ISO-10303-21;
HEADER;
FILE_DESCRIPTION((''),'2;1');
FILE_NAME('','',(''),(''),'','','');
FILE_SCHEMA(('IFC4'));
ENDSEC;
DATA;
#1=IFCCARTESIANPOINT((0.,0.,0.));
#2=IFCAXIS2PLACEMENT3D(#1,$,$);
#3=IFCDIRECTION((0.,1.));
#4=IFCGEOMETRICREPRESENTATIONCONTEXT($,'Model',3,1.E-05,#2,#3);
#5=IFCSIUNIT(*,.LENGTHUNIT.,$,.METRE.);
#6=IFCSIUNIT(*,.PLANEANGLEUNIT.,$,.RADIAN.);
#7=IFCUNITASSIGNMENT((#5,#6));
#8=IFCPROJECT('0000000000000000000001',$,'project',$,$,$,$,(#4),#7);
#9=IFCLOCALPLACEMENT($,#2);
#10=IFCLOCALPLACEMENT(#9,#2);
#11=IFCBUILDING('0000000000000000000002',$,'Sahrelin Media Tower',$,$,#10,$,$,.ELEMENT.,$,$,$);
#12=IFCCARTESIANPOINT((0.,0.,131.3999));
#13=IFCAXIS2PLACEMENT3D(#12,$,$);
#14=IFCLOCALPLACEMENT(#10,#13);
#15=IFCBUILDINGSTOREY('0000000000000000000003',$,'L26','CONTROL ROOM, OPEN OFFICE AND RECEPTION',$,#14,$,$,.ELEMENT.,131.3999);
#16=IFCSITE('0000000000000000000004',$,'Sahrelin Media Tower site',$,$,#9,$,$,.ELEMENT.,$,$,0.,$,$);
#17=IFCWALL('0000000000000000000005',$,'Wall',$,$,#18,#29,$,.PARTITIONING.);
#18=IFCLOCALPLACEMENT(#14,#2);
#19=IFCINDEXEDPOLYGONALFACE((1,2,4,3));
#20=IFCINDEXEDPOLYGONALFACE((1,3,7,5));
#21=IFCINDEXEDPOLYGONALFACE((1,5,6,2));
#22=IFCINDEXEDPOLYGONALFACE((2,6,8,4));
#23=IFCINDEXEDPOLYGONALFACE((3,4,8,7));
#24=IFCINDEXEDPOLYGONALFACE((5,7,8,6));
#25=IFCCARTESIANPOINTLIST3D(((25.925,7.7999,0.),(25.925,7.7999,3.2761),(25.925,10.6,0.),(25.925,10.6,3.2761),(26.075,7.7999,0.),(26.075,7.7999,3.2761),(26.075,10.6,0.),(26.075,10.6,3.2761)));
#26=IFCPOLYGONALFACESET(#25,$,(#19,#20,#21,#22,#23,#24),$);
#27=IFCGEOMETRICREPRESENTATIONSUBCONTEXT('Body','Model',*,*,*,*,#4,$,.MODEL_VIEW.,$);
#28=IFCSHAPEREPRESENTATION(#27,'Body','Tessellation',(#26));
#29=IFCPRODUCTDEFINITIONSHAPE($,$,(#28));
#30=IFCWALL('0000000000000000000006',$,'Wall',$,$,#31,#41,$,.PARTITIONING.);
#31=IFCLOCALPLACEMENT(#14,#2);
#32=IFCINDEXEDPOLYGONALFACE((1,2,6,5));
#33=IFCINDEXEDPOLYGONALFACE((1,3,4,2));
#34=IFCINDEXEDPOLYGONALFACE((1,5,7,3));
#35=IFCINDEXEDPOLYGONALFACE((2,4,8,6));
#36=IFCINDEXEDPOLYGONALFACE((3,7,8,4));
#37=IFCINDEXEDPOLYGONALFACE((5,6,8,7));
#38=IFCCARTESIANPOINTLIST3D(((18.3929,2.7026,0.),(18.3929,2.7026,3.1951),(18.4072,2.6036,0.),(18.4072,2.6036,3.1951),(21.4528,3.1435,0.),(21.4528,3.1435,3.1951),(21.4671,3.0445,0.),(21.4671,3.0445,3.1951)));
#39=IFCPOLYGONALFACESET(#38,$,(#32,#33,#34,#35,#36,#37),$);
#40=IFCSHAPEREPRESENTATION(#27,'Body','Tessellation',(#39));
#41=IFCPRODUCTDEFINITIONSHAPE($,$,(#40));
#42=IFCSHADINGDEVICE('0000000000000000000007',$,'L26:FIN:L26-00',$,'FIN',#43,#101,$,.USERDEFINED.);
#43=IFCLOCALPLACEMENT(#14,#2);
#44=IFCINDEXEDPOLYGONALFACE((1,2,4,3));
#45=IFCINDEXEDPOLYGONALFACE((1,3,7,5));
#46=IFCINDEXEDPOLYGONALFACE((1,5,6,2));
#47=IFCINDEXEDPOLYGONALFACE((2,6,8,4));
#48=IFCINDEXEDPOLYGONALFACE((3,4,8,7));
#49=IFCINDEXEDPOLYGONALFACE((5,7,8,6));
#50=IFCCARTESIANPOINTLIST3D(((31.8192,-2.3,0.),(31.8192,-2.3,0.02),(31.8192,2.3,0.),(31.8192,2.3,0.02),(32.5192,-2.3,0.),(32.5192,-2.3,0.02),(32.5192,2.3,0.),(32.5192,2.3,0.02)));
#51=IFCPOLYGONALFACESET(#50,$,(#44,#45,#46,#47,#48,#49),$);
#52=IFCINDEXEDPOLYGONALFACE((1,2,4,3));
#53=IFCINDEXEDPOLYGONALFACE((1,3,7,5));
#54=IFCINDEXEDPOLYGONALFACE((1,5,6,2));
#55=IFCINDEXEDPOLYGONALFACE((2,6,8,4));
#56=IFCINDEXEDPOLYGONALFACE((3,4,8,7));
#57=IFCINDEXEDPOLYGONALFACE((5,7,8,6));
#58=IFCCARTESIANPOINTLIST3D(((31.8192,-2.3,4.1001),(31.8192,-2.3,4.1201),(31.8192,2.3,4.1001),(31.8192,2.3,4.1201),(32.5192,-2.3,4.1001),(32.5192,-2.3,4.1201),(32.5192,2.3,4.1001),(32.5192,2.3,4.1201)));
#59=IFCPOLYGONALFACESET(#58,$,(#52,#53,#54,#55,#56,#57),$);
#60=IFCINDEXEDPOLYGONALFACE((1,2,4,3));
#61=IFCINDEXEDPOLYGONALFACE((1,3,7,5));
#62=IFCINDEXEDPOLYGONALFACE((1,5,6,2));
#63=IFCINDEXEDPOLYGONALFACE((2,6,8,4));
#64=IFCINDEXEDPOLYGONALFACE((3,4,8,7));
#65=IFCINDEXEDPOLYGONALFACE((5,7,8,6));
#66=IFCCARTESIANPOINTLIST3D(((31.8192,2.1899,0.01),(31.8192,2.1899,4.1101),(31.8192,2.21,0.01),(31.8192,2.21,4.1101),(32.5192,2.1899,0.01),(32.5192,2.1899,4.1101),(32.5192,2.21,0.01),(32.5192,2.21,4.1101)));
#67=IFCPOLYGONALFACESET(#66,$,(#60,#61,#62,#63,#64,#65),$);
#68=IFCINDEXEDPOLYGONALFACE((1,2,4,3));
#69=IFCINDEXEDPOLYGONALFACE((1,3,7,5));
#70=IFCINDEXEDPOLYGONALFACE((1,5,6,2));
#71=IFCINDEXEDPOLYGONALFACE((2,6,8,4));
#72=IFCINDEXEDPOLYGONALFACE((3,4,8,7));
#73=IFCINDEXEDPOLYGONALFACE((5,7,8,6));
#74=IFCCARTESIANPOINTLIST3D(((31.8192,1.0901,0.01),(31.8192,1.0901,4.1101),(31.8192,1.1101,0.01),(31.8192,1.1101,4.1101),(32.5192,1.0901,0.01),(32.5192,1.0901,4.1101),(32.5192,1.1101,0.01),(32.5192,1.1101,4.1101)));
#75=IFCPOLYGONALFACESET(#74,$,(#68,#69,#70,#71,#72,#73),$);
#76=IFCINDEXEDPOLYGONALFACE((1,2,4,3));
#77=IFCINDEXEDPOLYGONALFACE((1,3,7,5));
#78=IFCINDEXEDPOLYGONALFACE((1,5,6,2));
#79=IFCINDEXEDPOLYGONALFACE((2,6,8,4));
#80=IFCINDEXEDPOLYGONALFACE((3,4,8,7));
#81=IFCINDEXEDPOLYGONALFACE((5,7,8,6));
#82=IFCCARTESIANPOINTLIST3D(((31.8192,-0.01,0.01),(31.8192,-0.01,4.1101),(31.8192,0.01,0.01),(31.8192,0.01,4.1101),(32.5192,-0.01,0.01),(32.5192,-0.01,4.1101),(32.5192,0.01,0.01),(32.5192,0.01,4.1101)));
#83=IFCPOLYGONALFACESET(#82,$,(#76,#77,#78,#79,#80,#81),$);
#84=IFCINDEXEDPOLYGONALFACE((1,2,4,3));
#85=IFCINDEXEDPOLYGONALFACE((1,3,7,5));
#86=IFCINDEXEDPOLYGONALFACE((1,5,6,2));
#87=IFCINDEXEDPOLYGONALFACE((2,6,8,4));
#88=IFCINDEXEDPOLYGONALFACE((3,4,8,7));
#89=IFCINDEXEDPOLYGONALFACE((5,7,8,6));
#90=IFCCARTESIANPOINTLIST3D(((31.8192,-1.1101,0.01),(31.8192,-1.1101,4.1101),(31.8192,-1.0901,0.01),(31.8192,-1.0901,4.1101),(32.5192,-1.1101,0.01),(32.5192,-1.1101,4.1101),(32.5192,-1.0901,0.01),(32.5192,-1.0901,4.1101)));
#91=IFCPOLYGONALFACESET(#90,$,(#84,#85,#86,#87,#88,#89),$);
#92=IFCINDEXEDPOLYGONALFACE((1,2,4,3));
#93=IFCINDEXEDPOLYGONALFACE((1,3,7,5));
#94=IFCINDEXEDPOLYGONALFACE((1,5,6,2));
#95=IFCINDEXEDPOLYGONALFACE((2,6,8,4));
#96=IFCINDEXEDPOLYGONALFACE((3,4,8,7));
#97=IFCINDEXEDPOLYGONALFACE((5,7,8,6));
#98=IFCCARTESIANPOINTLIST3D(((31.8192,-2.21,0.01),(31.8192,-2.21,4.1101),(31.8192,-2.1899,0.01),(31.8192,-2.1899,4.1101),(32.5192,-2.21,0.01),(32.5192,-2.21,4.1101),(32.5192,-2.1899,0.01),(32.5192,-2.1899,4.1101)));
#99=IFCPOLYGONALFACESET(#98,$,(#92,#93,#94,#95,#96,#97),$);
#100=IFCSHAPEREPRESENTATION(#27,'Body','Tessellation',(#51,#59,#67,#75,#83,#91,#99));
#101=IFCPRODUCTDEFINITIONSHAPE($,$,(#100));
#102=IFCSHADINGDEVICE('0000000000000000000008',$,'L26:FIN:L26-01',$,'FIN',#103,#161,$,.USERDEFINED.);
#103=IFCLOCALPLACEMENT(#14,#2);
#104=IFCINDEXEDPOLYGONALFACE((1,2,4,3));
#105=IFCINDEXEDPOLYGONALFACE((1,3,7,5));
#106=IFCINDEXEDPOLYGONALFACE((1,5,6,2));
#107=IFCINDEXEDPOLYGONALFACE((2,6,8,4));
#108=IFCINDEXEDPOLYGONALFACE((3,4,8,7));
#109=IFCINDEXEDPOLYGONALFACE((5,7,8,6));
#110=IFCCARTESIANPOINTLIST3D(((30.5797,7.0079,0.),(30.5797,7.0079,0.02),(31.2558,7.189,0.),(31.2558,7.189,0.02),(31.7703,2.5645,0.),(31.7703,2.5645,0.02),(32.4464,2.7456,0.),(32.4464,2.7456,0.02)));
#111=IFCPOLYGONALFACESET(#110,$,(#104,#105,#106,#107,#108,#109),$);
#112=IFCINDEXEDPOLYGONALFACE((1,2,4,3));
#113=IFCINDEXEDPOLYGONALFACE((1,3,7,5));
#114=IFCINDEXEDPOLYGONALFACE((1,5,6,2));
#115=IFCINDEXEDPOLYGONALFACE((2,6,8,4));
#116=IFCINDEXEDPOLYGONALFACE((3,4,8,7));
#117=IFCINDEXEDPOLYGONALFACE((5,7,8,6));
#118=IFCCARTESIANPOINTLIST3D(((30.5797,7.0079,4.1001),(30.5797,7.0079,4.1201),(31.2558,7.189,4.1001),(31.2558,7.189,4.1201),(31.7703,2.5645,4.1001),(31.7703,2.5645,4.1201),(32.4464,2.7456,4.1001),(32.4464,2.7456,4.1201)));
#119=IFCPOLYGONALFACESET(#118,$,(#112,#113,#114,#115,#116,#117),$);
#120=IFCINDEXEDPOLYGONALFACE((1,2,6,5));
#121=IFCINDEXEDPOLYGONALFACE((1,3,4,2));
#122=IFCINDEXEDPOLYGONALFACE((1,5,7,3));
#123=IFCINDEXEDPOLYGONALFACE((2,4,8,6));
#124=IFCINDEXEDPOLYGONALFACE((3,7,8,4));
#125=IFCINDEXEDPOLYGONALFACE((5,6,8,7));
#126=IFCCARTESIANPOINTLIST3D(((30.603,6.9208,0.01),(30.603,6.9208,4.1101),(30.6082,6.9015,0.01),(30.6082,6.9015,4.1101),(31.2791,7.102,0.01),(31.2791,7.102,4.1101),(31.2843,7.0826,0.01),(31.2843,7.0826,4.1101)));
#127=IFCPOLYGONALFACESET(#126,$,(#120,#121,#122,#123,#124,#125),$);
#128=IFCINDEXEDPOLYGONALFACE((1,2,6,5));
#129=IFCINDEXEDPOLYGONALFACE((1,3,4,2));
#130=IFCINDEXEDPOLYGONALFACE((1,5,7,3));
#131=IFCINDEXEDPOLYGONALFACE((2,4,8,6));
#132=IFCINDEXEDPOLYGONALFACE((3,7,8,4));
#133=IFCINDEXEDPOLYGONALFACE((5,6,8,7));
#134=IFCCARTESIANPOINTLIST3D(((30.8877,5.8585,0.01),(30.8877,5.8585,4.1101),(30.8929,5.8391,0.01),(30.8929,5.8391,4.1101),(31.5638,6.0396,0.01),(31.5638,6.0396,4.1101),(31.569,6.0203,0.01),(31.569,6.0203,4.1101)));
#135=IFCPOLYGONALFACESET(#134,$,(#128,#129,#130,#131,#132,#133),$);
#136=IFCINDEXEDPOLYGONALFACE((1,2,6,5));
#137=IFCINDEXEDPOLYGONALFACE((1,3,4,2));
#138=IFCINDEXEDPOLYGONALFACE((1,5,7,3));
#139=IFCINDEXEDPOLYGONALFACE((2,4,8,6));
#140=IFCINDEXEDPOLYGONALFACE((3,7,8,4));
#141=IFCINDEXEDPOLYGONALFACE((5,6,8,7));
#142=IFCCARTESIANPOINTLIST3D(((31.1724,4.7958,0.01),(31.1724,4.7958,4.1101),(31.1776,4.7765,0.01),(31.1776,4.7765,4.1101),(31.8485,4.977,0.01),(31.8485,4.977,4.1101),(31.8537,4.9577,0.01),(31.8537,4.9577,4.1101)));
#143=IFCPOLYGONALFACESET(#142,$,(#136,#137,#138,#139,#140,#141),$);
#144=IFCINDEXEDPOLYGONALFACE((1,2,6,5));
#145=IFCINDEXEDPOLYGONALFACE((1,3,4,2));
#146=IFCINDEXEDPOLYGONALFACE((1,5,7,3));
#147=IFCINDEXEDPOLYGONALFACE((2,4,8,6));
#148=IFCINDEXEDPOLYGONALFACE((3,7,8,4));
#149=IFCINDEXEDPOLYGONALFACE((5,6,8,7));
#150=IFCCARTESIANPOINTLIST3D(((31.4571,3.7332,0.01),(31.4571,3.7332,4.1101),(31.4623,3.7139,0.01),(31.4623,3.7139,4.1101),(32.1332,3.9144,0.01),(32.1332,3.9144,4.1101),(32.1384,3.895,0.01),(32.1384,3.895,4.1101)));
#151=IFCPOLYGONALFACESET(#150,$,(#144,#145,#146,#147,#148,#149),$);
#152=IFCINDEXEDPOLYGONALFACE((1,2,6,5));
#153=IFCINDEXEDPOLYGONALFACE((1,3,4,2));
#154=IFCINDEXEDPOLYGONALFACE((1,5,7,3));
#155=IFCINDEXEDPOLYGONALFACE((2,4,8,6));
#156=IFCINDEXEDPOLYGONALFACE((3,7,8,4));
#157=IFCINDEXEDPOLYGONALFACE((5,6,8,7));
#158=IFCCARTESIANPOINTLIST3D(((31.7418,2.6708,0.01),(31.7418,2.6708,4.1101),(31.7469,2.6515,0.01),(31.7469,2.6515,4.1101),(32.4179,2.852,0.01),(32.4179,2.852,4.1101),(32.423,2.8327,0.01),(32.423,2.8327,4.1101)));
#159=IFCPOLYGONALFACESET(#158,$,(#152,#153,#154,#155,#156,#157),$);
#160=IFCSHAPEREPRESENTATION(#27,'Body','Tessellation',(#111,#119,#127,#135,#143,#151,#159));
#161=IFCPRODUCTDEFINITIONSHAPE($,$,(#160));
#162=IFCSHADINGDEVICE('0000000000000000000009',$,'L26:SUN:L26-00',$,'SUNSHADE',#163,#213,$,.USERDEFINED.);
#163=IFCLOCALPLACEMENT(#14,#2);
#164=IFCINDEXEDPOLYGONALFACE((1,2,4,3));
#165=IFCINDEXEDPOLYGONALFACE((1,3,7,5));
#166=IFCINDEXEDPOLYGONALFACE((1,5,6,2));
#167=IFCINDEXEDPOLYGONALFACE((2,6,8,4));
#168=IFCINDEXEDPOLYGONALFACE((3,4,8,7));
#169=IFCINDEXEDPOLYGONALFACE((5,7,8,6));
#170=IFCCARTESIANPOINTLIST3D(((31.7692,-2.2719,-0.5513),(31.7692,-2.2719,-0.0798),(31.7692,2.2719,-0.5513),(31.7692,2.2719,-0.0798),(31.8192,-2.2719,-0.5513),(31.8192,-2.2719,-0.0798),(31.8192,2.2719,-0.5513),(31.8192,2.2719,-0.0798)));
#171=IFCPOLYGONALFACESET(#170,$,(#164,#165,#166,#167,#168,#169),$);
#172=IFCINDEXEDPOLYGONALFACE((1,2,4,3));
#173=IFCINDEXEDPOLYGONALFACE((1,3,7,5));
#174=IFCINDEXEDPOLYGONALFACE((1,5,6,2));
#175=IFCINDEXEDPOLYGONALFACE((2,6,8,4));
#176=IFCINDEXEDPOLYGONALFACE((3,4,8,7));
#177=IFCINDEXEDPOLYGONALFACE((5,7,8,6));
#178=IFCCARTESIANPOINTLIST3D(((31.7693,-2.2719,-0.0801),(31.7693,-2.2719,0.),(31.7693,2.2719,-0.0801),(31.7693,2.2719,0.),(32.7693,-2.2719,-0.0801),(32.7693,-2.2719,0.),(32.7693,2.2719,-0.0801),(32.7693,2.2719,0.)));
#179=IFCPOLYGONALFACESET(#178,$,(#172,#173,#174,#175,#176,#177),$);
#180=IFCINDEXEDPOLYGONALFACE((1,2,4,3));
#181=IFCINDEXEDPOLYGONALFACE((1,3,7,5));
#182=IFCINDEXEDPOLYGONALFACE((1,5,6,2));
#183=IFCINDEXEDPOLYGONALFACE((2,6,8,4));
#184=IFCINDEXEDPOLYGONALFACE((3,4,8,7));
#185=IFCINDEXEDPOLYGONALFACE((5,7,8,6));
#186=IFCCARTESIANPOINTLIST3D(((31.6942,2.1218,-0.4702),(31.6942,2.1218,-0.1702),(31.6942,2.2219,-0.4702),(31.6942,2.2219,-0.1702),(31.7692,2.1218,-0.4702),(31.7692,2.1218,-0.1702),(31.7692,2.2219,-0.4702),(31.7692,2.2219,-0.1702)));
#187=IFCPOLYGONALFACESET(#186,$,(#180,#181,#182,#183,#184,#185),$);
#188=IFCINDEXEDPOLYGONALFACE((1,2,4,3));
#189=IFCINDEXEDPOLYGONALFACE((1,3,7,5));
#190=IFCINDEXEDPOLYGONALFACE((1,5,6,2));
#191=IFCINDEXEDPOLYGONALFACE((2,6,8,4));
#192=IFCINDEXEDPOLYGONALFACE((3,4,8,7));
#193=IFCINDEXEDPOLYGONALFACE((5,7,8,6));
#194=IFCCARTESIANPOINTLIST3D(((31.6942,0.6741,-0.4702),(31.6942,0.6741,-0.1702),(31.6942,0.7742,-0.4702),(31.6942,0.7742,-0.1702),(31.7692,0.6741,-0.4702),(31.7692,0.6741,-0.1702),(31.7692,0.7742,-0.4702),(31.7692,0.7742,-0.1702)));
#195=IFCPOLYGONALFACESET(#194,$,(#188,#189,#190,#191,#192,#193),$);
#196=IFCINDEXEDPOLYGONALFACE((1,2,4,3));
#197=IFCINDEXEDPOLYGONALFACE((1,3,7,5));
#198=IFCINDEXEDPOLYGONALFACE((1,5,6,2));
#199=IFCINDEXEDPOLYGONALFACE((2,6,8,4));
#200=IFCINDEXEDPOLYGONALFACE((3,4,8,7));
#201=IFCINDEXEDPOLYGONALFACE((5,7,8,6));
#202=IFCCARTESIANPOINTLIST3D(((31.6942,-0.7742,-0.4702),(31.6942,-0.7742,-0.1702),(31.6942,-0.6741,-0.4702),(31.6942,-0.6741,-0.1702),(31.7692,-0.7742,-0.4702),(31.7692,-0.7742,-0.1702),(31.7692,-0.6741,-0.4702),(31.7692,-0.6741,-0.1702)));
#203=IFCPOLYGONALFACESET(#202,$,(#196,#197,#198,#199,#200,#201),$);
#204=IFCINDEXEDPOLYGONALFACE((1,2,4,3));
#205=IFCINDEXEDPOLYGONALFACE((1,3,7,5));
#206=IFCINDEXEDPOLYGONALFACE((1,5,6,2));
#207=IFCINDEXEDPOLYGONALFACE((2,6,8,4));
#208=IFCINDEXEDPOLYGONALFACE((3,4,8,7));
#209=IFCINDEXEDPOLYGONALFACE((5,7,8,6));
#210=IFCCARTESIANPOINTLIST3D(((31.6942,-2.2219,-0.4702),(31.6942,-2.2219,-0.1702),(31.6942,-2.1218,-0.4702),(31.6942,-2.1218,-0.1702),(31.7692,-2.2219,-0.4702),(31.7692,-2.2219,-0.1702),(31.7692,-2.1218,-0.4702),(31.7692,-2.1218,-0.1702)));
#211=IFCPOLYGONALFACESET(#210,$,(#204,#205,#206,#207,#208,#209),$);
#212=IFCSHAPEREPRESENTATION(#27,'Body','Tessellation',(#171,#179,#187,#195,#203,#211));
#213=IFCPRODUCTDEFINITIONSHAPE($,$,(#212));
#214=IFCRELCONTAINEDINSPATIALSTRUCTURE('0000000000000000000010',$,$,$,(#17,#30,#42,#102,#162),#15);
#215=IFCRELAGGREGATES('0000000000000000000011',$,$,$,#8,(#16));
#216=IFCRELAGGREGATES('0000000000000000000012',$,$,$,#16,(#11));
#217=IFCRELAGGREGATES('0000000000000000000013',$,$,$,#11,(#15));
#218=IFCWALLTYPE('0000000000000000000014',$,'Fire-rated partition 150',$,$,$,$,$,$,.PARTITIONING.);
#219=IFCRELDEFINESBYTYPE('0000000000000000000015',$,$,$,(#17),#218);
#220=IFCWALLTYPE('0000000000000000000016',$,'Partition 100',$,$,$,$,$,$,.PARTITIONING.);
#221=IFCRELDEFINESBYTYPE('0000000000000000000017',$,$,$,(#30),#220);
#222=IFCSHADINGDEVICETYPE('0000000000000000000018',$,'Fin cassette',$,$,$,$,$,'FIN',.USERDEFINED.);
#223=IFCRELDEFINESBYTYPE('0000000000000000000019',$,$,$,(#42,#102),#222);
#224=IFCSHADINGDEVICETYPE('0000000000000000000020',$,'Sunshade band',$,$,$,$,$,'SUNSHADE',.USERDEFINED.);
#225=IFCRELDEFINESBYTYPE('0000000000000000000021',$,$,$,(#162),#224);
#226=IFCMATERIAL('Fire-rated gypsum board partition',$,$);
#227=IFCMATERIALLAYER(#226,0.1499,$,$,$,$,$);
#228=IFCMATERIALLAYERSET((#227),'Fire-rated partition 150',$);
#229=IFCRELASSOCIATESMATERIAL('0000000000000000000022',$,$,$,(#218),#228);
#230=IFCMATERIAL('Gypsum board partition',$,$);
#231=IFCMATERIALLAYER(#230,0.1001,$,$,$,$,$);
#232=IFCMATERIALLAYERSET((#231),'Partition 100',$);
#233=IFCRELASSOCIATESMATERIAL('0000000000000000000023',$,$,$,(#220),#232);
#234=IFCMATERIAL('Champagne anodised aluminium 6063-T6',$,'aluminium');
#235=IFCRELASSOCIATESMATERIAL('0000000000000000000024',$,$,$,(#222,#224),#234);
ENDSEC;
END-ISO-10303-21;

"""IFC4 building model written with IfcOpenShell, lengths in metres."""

from ifc_helpers import new_model, si_unit, direction, frame, frame_2d, origin, origin_2d, place, context, subcontext, project, spatial, rectangle, extrude, material, layer, layer_set, type_object, element, save


model = new_model("IFC4")

# Units and contexts
model_context = context("Model", 3, precision=1e-05, world=origin(), true_north=direction((0.0, 1.0)))
body_context = subcontext(model_context, "Body", "Model", "MODEL_VIEW")
ifc_project = project(units=[si_unit("LENGTHUNIT", "METRE"), si_unit("PLANEANGLEUNIT", "RADIAN")], contexts=[model_context])

# Site, building, storey
site_placement = place(None, origin())
site = spatial("IfcSite", under=ifc_project, at=site_placement, Name="Sahrelin Media Tower site", CompositionType="ELEMENT", RefElevation=0.0)
building_placement = place(site_placement, origin())
building = spatial("IfcBuilding", under=site, at=building_placement, Name="Sahrelin Media Tower", CompositionType="ELEMENT")
storey_placement = place(building_placement, frame((0.0, 0.0, 131.3999)))
storey = spatial("IfcBuildingStorey", under=building, at=storey_placement, Name="L26", Description="CONTROL ROOM, OPEN OFFICE AND RECEPTION", CompositionType="ELEMENT", Elevation=131.3999)

# Shared definitions
ifc_material_1 = material(Name="Champagne anodised aluminium 6063-T6", Category="aluminium")

# Walls
ifc_material_2 = material(Name="Fire-rated gypsum board partition")
ifc_layer_1 = layer(ifc_material_2, 0.1499)
ifc_layer_set_1 = layer_set([ifc_layer_1], Name="Fire-rated partition 150")
wall_type_1 = type_object("IfcWallType", Name="Fire-rated partition 150", PredefinedType="PARTITIONING", material=ifc_layer_set_1)
wall_1_placement = place(storey_placement, frame((26.0, 7.8, 0.0), z_axis=(0.0, 0.0, 1.0), x_axis=(0.0, 1.0, 0.0)))
element("IfcWall", 1, at=wall_1_placement, inside=storey, type_object=wall_type_1, Name="Wall", PredefinedType="PARTITIONING", context=body_context, shape_type="SweptSolid", body=[
    extrude(rectangle(XDim=2.8, YDim=0.1499, at=frame_2d((1.3999, 0.0))), origin(), (0.0, 0.0, 1.0), 3.2761),
])
ifc_material_3 = material(Name="Gypsum board partition")
ifc_layer_2 = layer(ifc_material_3, 0.1001)
ifc_layer_set_2 = layer_set([ifc_layer_2], Name="Partition 100")
wall_type_2 = type_object("IfcWallType", Name="Partition 100", PredefinedType="PARTITIONING", material=ifc_layer_set_2)
wall_2_placement = place(storey_placement, frame((18.3999, 2.6531, 0.0), z_axis=(0.0, 0.0, 1.0), x_axis=(0.989778, 0.142615, 0.0)))
element("IfcWall", 2, at=wall_2_placement, inside=storey, type_object=wall_type_2, Name="Wall", PredefinedType="PARTITIONING", context=body_context, shape_type="SweptSolid", body=[
    extrude(rectangle(XDim=3.0916, YDim=0.1001, at=frame_2d((1.5459, 0.0))), origin(), (0.0, 0.0, 1.0), 3.1951),
])

# Shading devices
shading_device_type_1 = type_object("IfcShadingDeviceType", Name="Fin cassette", ElementType="FIN", PredefinedType="USERDEFINED", material=ifc_material_1)
placement_1 = place(storey_placement, frame((31.7493, 0.0, 0.0), z_axis=(0.0, 0.0, 1.0), x_axis=(0.0, -1.0, 0.0)))
element("IfcShadingDevice", 3, at=placement_1, inside=storey, type_object=shading_device_type_1, Name="L26:FIN:L26-00", ObjectType="FIN", PredefinedType="USERDEFINED", context=body_context, shape_type="SweptSolid", body=[
    extrude(rectangle(XDim=4.6001, YDim=0.7, at=origin_2d()), frame((0.0, 0.4199, 0.0)), (0.0, 0.0, 1.0), 0.02),
    extrude(rectangle(XDim=4.6001, YDim=0.7, at=origin_2d()), frame((0.0, 0.4199, 4.1001)), (0.0, 0.0, 1.0), 0.02),
    extrude(rectangle(XDim=0.02, YDim=0.7, at=origin_2d()), frame((-2.2, 0.4199, 0.01), z_axis=(0.0, 0.0, 1.0), x_axis=(1.0, 0.0, 0.0)), (0.0, 0.0, 1.0), 4.1001),
    extrude(rectangle(XDim=0.02, YDim=0.7, at=origin_2d()), frame((-1.1001, 0.4199, 0.01), z_axis=(0.0, 0.0, 1.0), x_axis=(1.0, 0.0, 0.0)), (0.0, 0.0, 1.0), 4.1001),
    extrude(rectangle(XDim=0.02, YDim=0.7, at=origin_2d()), frame((0.0, 0.4199, 0.01), z_axis=(0.0, 0.0, 1.0), x_axis=(1.0, 0.0, 0.0)), (0.0, 0.0, 1.0), 4.1001),
    extrude(rectangle(XDim=0.02, YDim=0.7, at=origin_2d()), frame((1.1001, 0.4199, 0.01), z_axis=(0.0, 0.0, 1.0), x_axis=(1.0, 0.0, 0.0)), (0.0, 0.0, 1.0), 4.1001),
    extrude(rectangle(XDim=0.02, YDim=0.7, at=origin_2d()), frame((2.2, 0.4199, 0.01), z_axis=(0.0, 0.0, 1.0), x_axis=(1.0, 0.0, 0.0)), (0.0, 0.0, 1.0), 4.1001),
])
placement_2 = place(storey_placement, frame((31.1074, 4.7681, 0.0), z_axis=(0.0, 0.0, 1.0), x_axis=(0.258808, -0.965929, 0.0)))
element("IfcShadingDevice", 4, at=placement_2, inside=storey, type_object=shading_device_type_1, Name="L26:FIN:L26-01", ObjectType="FIN", PredefinedType="USERDEFINED", context=body_context, shape_type="SweptSolid", body=[
    extrude(rectangle(XDim=4.6001, YDim=0.7, at=origin_2d()), frame((0.0, 0.4199, 0.0)), (0.0, 0.0, 1.0), 0.02),
    extrude(rectangle(XDim=4.6001, YDim=0.7, at=origin_2d()), frame((0.0, 0.4199, 4.1001)), (0.0, 0.0, 1.0), 0.02),
    extrude(rectangle(XDim=0.02, YDim=0.7, at=origin_2d()), frame((-2.2, 0.4199, 0.01), z_axis=(0.0, 0.0, 1.0), x_axis=(1.0, 0.0, 0.0)), (0.0, 0.0, 1.0), 4.1001),
    extrude(rectangle(XDim=0.02, YDim=0.7, at=origin_2d()), frame((-1.1001, 0.4199, 0.01), z_axis=(0.0, 0.0, 1.0), x_axis=(1.0, 0.0, 0.0)), (0.0, 0.0, 1.0), 4.1001),
    extrude(rectangle(XDim=0.02, YDim=0.7, at=origin_2d()), frame((0.0, 0.4199, 0.01), z_axis=(0.0, 0.0, 1.0), x_axis=(1.0, 0.0, 0.0)), (0.0, 0.0, 1.0), 4.1001),
    extrude(rectangle(XDim=0.02, YDim=0.7, at=origin_2d()), frame((1.1001, 0.4199, 0.01), z_axis=(0.0, 0.0, 1.0), x_axis=(1.0, 0.0, 0.0)), (0.0, 0.0, 1.0), 4.1001),
    extrude(rectangle(XDim=0.02, YDim=0.7, at=origin_2d()), frame((2.2, 0.4199, 0.01), z_axis=(0.0, 0.0, 1.0), x_axis=(1.0, 0.0, 0.0)), (0.0, 0.0, 1.0), 4.1001),
])
shading_device_type_2 = type_object("IfcShadingDeviceType", Name="Sunshade band", ElementType="SUNSHADE", PredefinedType="USERDEFINED", material=ifc_material_1)
element("IfcShadingDevice", 5, at=placement_1, inside=storey, type_object=shading_device_type_2, Name="L26:SUN:L26-00", ObjectType="SUNSHADE", PredefinedType="USERDEFINED", context=body_context, shape_type="SweptSolid", body=[
    extrude(rectangle(XDim=4.5437, YDim=0.05, at=origin_2d()), frame((0.0, 0.0449, -0.5513)), (0.0, 0.0, 1.0), 0.4714),
    extrude(rectangle(XDim=4.5437, YDim=1.0, at=origin_2d()), frame((0.0, 0.52, -0.0801)), (0.0, 0.0, 1.0), 0.0801),
    extrude(rectangle(XDim=0.1001, YDim=0.075, at=origin_2d()), frame((-2.1719, -0.0176, -0.4702)), (0.0, 0.0, 1.0), 0.3),
    extrude(rectangle(XDim=0.1001, YDim=0.075, at=origin_2d()), frame((-0.7241, -0.0176, -0.4702)), (0.0, 0.0, 1.0), 0.3),
    extrude(rectangle(XDim=0.1001, YDim=0.075, at=origin_2d()), frame((0.7241, -0.0176, -0.4702)), (0.0, 0.0, 1.0), 0.3),
    extrude(rectangle(XDim=0.1001, YDim=0.075, at=origin_2d()), frame((2.1719, -0.0176, -0.4702)), (0.0, 0.0, 1.0), 0.3),
])

save(model, "model.ifc")
